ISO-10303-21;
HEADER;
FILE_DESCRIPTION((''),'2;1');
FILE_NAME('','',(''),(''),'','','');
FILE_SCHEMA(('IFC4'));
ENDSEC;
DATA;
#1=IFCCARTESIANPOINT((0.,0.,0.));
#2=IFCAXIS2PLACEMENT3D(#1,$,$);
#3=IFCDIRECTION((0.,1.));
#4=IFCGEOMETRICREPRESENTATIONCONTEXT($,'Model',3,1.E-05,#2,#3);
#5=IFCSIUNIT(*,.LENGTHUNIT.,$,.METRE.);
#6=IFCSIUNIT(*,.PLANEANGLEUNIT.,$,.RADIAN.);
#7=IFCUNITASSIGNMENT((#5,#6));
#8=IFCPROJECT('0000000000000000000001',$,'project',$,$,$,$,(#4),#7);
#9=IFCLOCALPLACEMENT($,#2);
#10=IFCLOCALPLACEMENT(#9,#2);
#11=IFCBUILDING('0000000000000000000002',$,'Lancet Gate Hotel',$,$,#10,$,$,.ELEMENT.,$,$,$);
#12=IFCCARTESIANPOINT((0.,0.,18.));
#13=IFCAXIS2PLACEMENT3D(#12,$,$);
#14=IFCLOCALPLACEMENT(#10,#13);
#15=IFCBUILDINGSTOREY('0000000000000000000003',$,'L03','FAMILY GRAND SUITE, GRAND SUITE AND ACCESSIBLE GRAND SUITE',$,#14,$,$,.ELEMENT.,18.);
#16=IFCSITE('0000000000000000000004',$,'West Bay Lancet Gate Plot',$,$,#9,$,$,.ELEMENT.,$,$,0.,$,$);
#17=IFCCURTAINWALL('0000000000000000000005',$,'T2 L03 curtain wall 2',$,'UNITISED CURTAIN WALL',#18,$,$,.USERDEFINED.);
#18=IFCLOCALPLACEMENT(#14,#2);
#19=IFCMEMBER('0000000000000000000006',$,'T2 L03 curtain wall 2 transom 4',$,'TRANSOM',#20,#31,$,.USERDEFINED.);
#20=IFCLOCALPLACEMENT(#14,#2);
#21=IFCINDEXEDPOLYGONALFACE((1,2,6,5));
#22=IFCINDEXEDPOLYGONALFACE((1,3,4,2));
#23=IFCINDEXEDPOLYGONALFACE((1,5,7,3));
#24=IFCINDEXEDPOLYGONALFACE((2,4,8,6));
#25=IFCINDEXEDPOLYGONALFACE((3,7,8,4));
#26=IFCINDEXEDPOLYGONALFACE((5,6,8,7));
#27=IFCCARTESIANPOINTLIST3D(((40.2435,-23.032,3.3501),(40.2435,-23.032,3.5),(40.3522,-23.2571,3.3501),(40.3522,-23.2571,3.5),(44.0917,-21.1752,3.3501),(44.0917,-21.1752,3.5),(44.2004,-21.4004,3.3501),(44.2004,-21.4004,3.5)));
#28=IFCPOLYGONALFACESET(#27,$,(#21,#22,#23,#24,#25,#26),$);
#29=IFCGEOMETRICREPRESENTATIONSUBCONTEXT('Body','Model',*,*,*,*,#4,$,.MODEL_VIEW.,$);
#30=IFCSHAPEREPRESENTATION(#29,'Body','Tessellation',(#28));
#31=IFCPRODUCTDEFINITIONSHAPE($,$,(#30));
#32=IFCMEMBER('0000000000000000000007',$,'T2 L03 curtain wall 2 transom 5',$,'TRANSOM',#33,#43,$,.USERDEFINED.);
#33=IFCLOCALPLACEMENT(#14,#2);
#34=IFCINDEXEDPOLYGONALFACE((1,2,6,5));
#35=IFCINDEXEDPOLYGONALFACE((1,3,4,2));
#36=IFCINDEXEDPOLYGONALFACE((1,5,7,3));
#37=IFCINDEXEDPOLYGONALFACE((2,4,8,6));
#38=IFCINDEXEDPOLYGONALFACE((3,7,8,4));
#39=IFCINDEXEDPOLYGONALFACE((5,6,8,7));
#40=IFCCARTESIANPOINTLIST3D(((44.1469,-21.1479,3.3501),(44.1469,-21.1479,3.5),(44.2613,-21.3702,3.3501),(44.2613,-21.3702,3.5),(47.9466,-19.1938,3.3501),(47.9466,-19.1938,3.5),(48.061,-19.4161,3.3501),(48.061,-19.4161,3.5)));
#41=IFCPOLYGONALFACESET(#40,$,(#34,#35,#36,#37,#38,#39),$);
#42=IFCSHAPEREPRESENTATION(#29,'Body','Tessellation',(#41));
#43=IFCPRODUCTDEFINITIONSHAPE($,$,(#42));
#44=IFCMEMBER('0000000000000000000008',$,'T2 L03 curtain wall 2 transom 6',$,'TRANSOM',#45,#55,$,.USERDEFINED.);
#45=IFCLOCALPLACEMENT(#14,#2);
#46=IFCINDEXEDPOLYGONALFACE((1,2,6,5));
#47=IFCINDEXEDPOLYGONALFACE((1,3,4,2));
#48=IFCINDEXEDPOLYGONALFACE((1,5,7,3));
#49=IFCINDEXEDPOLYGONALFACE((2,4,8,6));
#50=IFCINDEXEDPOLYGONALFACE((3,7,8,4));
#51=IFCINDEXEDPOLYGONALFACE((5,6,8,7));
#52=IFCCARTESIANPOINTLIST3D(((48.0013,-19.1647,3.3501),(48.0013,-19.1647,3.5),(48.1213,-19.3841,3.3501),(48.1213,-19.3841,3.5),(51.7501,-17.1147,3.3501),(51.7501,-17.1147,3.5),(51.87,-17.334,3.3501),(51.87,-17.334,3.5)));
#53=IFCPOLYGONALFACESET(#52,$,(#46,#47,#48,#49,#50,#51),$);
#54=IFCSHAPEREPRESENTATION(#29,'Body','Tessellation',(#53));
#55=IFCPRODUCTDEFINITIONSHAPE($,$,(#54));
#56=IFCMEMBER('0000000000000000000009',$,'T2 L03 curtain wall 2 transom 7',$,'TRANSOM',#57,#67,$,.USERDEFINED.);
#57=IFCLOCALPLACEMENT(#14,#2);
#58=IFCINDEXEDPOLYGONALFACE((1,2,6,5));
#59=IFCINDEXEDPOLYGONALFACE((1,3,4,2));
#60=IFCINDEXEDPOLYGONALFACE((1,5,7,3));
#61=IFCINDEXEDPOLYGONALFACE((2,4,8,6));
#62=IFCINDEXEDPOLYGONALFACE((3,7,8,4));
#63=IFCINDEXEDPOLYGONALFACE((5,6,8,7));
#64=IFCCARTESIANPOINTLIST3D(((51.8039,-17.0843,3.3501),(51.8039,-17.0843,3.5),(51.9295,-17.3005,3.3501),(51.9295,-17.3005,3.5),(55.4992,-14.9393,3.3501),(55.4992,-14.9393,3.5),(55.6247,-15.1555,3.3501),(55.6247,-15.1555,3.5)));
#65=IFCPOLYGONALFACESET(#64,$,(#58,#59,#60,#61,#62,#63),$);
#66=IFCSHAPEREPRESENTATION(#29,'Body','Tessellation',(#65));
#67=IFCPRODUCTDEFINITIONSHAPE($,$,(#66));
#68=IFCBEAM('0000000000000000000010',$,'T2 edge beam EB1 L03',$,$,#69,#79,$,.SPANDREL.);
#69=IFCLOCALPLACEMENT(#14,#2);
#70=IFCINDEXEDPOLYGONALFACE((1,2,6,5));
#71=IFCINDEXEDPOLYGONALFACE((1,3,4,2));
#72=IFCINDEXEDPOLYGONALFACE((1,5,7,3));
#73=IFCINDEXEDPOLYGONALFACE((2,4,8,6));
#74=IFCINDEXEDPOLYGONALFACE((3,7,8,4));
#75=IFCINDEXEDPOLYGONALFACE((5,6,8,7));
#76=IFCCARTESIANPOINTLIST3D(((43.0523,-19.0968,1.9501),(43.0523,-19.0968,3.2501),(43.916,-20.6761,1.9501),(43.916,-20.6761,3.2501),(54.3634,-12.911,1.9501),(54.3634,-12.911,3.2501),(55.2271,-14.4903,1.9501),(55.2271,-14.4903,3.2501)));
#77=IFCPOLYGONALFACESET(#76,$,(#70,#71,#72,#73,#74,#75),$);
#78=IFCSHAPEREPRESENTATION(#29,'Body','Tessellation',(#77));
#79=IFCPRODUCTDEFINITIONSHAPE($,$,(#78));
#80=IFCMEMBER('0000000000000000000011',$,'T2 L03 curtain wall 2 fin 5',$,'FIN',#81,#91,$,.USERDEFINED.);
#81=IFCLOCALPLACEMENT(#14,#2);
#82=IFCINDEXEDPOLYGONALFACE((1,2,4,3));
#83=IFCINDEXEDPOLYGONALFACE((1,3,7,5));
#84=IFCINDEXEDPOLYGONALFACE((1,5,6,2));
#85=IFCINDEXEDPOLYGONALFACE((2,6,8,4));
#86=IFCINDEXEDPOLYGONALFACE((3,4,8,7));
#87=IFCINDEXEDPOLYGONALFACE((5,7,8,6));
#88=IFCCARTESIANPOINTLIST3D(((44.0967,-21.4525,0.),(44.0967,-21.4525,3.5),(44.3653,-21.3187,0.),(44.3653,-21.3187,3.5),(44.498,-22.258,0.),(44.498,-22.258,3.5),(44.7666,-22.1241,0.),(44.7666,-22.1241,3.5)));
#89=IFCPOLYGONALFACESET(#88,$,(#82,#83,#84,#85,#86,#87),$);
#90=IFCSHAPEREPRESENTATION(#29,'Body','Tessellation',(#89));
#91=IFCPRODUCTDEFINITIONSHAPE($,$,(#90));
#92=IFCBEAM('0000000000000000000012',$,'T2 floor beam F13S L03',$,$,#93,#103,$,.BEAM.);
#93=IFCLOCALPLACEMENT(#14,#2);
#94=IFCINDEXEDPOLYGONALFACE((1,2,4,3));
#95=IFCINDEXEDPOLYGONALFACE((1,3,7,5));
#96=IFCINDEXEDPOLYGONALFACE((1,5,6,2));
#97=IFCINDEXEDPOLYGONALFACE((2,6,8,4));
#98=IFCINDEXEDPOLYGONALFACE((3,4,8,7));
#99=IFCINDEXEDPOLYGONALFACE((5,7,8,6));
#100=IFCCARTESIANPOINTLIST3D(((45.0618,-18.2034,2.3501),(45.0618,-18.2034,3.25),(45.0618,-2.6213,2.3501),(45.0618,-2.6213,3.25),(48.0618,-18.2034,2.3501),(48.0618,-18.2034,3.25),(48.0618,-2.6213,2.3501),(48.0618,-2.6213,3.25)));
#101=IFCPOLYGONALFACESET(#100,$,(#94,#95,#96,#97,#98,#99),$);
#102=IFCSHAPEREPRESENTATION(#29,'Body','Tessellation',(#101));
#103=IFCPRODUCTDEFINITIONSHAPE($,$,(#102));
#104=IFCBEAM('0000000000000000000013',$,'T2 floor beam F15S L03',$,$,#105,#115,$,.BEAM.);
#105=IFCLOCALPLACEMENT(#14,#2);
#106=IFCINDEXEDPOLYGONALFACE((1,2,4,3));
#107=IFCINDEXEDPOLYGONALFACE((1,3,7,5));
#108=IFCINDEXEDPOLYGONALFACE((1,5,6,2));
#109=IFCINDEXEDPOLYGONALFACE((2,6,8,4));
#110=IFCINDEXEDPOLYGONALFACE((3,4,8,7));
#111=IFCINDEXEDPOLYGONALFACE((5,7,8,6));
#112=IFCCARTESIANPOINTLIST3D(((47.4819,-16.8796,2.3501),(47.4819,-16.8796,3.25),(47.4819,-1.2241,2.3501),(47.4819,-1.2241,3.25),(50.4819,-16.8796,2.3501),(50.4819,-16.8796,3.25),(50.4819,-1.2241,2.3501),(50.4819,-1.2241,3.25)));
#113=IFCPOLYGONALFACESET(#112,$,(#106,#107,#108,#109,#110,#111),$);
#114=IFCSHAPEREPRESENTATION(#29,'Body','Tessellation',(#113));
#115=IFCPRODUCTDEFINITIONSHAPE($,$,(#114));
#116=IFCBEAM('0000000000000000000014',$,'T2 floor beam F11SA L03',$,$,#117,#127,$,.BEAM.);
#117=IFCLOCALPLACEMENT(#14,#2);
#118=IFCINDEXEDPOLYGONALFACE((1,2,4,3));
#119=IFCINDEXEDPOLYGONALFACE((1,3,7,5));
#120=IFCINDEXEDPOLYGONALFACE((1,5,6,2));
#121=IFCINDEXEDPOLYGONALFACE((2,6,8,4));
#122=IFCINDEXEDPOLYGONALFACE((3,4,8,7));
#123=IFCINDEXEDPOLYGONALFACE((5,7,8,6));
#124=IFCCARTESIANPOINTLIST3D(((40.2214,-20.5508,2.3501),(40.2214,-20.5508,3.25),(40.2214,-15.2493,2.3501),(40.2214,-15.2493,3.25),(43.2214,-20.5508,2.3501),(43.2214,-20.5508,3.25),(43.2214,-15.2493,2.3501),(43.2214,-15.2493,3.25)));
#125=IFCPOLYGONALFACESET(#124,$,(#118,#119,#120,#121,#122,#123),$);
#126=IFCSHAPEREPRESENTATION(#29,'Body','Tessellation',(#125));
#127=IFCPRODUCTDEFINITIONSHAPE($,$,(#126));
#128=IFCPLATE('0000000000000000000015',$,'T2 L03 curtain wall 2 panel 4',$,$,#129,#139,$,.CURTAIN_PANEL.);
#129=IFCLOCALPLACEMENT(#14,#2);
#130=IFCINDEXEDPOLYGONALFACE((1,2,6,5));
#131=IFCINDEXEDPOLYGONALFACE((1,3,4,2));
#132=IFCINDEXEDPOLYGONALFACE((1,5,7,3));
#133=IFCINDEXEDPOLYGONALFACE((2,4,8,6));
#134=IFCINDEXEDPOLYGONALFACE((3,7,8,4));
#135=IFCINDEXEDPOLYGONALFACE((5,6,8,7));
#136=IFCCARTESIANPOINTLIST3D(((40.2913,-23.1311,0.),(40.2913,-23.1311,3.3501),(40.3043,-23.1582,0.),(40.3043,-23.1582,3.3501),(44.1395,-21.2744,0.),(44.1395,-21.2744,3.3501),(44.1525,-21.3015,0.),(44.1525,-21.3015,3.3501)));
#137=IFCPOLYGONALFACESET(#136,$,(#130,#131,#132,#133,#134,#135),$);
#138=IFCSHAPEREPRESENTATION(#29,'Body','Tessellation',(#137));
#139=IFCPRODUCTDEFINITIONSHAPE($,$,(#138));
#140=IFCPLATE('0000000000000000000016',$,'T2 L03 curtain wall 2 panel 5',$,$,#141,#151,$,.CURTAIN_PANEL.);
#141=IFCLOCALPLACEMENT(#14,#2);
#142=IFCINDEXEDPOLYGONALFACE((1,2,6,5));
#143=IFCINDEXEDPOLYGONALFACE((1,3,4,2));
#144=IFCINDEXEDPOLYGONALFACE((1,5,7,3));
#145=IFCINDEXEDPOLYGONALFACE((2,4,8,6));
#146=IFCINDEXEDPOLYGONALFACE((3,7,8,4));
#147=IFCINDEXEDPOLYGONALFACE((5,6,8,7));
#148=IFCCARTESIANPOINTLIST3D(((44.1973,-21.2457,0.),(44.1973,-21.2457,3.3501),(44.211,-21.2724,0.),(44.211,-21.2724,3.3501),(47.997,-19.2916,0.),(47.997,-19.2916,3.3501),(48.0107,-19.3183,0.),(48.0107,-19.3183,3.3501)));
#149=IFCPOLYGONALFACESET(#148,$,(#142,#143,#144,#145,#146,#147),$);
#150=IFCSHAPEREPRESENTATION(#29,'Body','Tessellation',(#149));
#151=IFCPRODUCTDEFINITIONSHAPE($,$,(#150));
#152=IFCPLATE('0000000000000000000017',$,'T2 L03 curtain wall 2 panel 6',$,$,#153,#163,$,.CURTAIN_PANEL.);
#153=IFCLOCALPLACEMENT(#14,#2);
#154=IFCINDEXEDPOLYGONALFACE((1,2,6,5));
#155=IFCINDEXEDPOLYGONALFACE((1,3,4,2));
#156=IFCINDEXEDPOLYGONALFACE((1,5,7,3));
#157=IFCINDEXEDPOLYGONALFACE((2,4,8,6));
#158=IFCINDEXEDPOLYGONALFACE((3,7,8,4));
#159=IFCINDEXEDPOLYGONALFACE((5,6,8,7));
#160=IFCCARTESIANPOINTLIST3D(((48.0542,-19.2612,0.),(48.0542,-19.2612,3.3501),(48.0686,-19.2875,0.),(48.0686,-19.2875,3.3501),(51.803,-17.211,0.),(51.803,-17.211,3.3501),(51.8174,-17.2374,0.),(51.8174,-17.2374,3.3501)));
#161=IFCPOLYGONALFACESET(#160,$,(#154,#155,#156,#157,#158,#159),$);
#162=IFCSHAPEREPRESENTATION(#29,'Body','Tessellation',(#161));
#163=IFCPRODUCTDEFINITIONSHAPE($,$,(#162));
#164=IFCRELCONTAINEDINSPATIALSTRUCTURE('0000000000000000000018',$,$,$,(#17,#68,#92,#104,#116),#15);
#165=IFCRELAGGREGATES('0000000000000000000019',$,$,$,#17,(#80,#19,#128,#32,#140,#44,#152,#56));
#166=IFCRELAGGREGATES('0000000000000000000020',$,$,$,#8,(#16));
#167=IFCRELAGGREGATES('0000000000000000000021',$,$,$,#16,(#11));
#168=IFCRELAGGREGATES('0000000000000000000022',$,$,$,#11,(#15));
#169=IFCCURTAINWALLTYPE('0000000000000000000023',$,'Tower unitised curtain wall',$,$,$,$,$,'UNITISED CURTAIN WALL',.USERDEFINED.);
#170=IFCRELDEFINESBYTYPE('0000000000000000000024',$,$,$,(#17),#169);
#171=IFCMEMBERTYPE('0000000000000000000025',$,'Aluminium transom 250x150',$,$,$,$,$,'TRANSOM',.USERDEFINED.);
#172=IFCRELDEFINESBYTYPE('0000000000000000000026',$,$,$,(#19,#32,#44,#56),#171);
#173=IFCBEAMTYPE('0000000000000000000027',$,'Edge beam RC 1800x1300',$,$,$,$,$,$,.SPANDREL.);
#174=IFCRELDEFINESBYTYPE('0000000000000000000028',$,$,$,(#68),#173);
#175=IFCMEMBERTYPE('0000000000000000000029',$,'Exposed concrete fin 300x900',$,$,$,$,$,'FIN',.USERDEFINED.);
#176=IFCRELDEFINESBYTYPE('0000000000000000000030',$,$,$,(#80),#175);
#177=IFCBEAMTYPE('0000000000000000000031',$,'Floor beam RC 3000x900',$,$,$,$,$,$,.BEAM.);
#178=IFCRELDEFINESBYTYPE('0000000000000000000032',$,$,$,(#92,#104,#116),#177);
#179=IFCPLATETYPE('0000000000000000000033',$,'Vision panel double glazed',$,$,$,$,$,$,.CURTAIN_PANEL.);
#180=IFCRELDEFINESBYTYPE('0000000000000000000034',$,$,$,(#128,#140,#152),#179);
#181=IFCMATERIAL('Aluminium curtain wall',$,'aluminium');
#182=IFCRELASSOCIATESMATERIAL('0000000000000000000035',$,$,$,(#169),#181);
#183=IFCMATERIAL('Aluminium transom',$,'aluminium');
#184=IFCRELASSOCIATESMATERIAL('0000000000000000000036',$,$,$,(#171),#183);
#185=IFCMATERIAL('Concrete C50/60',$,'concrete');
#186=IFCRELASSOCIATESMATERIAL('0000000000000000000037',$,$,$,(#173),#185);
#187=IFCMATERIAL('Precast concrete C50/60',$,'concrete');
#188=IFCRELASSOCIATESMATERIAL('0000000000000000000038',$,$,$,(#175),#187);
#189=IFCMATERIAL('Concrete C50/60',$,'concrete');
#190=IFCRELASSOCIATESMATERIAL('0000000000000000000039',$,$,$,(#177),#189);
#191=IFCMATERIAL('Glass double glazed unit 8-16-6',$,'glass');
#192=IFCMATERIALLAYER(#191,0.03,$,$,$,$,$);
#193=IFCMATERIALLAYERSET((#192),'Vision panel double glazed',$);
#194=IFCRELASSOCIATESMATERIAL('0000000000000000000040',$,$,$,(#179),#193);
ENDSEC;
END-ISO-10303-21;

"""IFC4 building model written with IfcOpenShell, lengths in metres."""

from ifc_helpers import new_model, si_unit, direction, frame, origin, origin_2d, place, context, subcontext, project, spatial, rectangle, extrude, material, layer, layer_set, material_profile, profile_set, type_object, element, aggregate, save


model = new_model("IFC4")

# Units and contexts
model_context = context("Model", 3, precision=1e-05, world=origin(), true_north=direction((0.0, 1.0)))
body_context = subcontext(model_context, "Body", "Model", "MODEL_VIEW")
ifc_project = project(units=[si_unit("LENGTHUNIT", "METRE"), si_unit("PLANEANGLEUNIT", "RADIAN")], contexts=[model_context])

# Site, building, storey
site_placement = place(None, origin())
site = spatial("IfcSite", under=ifc_project, at=site_placement, Name="West Bay Lancet Gate Plot", CompositionType="ELEMENT", RefElevation=0.0)
building_placement = place(site_placement, origin())
building = spatial("IfcBuilding", under=site, at=building_placement, Name="Lancet Gate Hotel", CompositionType="ELEMENT")
storey_placement = place(building_placement, frame((0.0, 0.0, 18.0)))
storey = spatial("IfcBuildingStorey", under=building, at=storey_placement, Name="L03", Description="FAMILY GRAND SUITE, GRAND SUITE AND ACCESSIBLE GRAND SUITE", CompositionType="ELEMENT", Elevation=18.0)

# Curtain wall, members
ifc_material_1 = material(Name="Aluminium curtain wall", Category="aluminium")
curtain_wall_type = type_object("IfcCurtainWallType", Name="Tower unitised curtain wall", ElementType="UNITISED CURTAIN WALL", PredefinedType="USERDEFINED", material=ifc_material_1)
curtain_wall_placement = place(storey_placement, origin())
curtain_wall = element("IfcCurtainWall", 1, at=curtain_wall_placement, inside=storey, type_object=curtain_wall_type, Name="T2 L03 curtain wall 2", ObjectType="UNITISED CURTAIN WALL", PredefinedType="USERDEFINED")
ifc_material_2 = material(Name="Aluminium transom", Category="aluminium")
ifc_material_profile_1 = material_profile(ifc_material_2, rectangle(XDim=0.25, YDim=0.1499, at=origin_2d()), Name="TRANSOM 250x150")
ifc_profile_set_1 = profile_set([ifc_material_profile_1], Name="Aluminium transom")
member_type_1 = type_object("IfcMemberType", Name="Aluminium transom 250x150", ElementType="TRANSOM", PredefinedType="USERDEFINED", material=ifc_profile_set_1)
member_1_placement = place(storey_placement, frame((40.2979, -23.1445, 3.425), z_axis=(0.900646, 0.434553, 0.0), x_axis=(-0.434553, 0.900646, 0.0)))
member_1 = element("IfcMember", 2, at=member_1_placement, type_object=member_type_1, Name="T2 L03 curtain wall 2 transom 4", ObjectType="TRANSOM", PredefinedType="USERDEFINED", context=body_context, shape_type="SweptSolid", body=[
    extrude(rectangle(XDim=0.25, YDim=0.1499, at=origin_2d()), origin(), (0.0, 0.0, 1.0), 4.2727),
])
member_2_placement = place(storey_placement, frame((44.2041, -21.259, 3.425), z_axis=(0.889296, 0.457333, 0.0), x_axis=(-0.457333, 0.889296, 0.0)))
member_2 = element("IfcMember", 3, at=member_2_placement, type_object=member_type_1, Name="T2 L03 curtain wall 2 transom 5", ObjectType="TRANSOM", PredefinedType="USERDEFINED", context=body_context, shape_type="SweptSolid", body=[
    extrude(rectangle(XDim=0.25, YDim=0.1499, at=origin_2d()), origin(), (0.0, 0.0, 1.0), 4.2727),
])
member_3_placement = place(storey_placement, frame((48.0613, -19.2744, 3.425), z_axis=(0.877378, 0.479801, 0.0), x_axis=(-0.479801, 0.877378, 0.0)))
member_3 = element("IfcMember", 4, at=member_3_placement, type_object=member_type_1, Name="T2 L03 curtain wall 2 transom 6", ObjectType="TRANSOM", PredefinedType="USERDEFINED", context=body_context, shape_type="SweptSolid", body=[
    extrude(rectangle(XDim=0.25, YDim=0.1499, at=origin_2d()), origin(), (0.0, 0.0, 1.0), 4.2727),
])
member_4_placement = place(storey_placement, frame((51.8667, -17.1924, 3.425), z_axis=(0.864855, 0.502022, 0.0), x_axis=(-0.502022, 0.864855, 0.0)))
member_4 = element("IfcMember", 5, at=member_4_placement, type_object=member_type_1, Name="T2 L03 curtain wall 2 transom 7", ObjectType="TRANSOM", PredefinedType="USERDEFINED", context=body_context, shape_type="SweptSolid", body=[
    extrude(rectangle(XDim=0.25, YDim=0.1499, at=origin_2d()), origin(), (0.0, 0.0, 1.0), 4.2727),
])

# Beam
ifc_material_3 = material(Name="Concrete C50/60", Category="concrete")
ifc_material_profile_2 = material_profile(ifc_material_3, rectangle(XDim=1.8, YDim=1.3, at=origin_2d()), Name="RC 1800x1300")
ifc_profile_set_2 = profile_set([ifc_material_profile_2], Name="Concrete C50/60")
beam_type_1 = type_object("IfcBeamType", Name="Edge beam RC 1800x1300", PredefinedType="SPANDREL", material=ifc_profile_set_2)
beam_1_placement = place(storey_placement, frame((43.4841, -19.8865, 2.6001), z_axis=(0.877369, 0.479816, 0.0), x_axis=(-0.479816, 0.877369, 0.0)))
element("IfcBeam", 6, at=beam_1_placement, inside=storey, type_object=beam_type_1, Name="T2 edge beam EB1 L03", PredefinedType="SPANDREL", context=body_context, shape_type="SweptSolid", body=[
    extrude(rectangle(XDim=1.8, YDim=1.3, at=origin_2d()), origin(), (0.0, 0.0, 1.0), 12.8921),
])

# Member
ifc_material_4 = material(Name="Precast concrete C50/60", Category="concrete")
ifc_material_profile_3 = material_profile(ifc_material_4, rectangle(XDim=0.3, YDim=0.8999, at=origin_2d()), Name="FIN 300x900")
ifc_profile_set_3 = profile_set([ifc_material_profile_3], Name="Precast concrete C50/60")
member_type_2 = type_object("IfcMemberType", Name="Exposed concrete fin 300x900", ElementType="FIN", PredefinedType="USERDEFINED", material=ifc_profile_set_3)
member_5_placement = place(storey_placement, frame((44.4316, -21.7883, 0.0), z_axis=(0.0, 0.0, 1.0), x_axis=(0.895044, 0.445978, 0.0)))
member_5 = element("IfcMember", 7, at=member_5_placement, type_object=member_type_2, Name="T2 L03 curtain wall 2 fin 5", ObjectType="FIN", PredefinedType="USERDEFINED", context=body_context, shape_type="SweptSolid", body=[
    extrude(rectangle(XDim=0.3, YDim=0.8999, at=origin_2d()), origin(), (0.0, 0.0, 1.0), 3.5),
])

# Beams
ifc_material_5 = material(Name="Concrete C50/60", Category="concrete")
ifc_material_profile_4 = material_profile(ifc_material_5, rectangle(XDim=3.0, YDim=0.8999, at=origin_2d()), Name="RC 3000x900")
ifc_profile_set_4 = profile_set([ifc_material_profile_4], Name="Concrete C50/60")
beam_type_2 = type_object("IfcBeamType", Name="Floor beam RC 3000x900", PredefinedType="BEAM", material=ifc_profile_set_4)
beam_2_placement = place(storey_placement, frame((46.5618, -18.2034, 2.8), z_axis=(0.0, 1.0, 0.0), x_axis=(-1.0, 0.0, 0.0)))
element("IfcBeam", 8, at=beam_2_placement, inside=storey, type_object=beam_type_2, Name="T2 floor beam F13S L03", PredefinedType="BEAM", context=body_context, shape_type="SweptSolid", body=[
    extrude(rectangle(XDim=3.0, YDim=0.8999, at=origin_2d()), origin(), (0.0, 0.0, 1.0), 15.582),
])
beam_3_placement = place(storey_placement, frame((48.9819, -16.8796, 2.8), z_axis=(0.0, 1.0, 0.0), x_axis=(-1.0, 0.0, 0.0)))
element("IfcBeam", 9, at=beam_3_placement, inside=storey, type_object=beam_type_2, Name="T2 floor beam F15S L03", PredefinedType="BEAM", context=body_context, shape_type="SweptSolid", body=[
    extrude(rectangle(XDim=3.0, YDim=0.8999, at=origin_2d()), origin(), (0.0, 0.0, 1.0), 15.6555),
])
beam_4_placement = place(storey_placement, frame((41.7214, -20.5508, 2.8), z_axis=(0.0, 1.0, 0.0), x_axis=(-1.0, 0.0, 0.0)))
element("IfcBeam", 10, at=beam_4_placement, inside=storey, type_object=beam_type_2, Name="T2 floor beam F11SA L03", PredefinedType="BEAM", context=body_context, shape_type="SweptSolid", body=[
    extrude(rectangle(XDim=3.0, YDim=0.8999, at=origin_2d()), origin(), (0.0, 0.0, 1.0), 5.3015),
])

# Plates
ifc_material_6 = material(Name="Glass double glazed unit 8-16-6", Category="glass")
ifc_layer = layer(ifc_material_6, 0.03)
ifc_layer_set = layer_set([ifc_layer], Name="Vision panel double glazed")
plate_type = type_object("IfcPlateType", Name="Vision panel double glazed", PredefinedType="CURTAIN_PANEL", material=ifc_layer_set)
plate_1_placement = place(storey_placement, frame((42.2219, -22.2163, 0.0), z_axis=(0.0, 0.0, 1.0), x_axis=(0.900647, 0.43455, 0.0)))
plate_1 = element("IfcPlate", 11, at=plate_1_placement, type_object=plate_type, Name="T2 L03 curtain wall 2 panel 4", PredefinedType="CURTAIN_PANEL", context=body_context, shape_type="SweptSolid", body=[
    extrude(rectangle(XDim=4.2727, YDim=0.03, at=origin_2d()), origin(), (0.0, 0.0, 1.0), 3.3501),
])
plate_2_placement = place(storey_placement, frame((46.104, -20.282, 0.0), z_axis=(0.0, 0.0, 1.0), x_axis=(0.889296, 0.457332, 0.0)))
plate_2 = element("IfcPlate", 12, at=plate_2_placement, type_object=plate_type, Name="T2 L03 curtain wall 2 panel 5", PredefinedType="CURTAIN_PANEL", context=body_context, shape_type="SweptSolid", body=[
    extrude(rectangle(XDim=4.2727, YDim=0.03, at=origin_2d()), origin(), (0.0, 0.0, 1.0), 3.3501),
])
plate_3_placement = place(storey_placement, frame((49.9358, -18.2493, 0.0), z_axis=(0.0, 0.0, 1.0), x_axis=(0.877368, 0.479818, 0.0)))
plate_3 = element("IfcPlate", 13, at=plate_3_placement, type_object=plate_type, Name="T2 L03 curtain wall 2 panel 6", PredefinedType="CURTAIN_PANEL", context=body_context, shape_type="SweptSolid", body=[
    extrude(rectangle(XDim=4.2727, YDim=0.03, at=origin_2d()), origin(), (0.0, 0.0, 1.0), 3.3501),
])
aggregate(curtain_wall, [member_5, member_1, plate_1, member_2, plate_2, member_3, plate_3, member_4])

save(model, "model.ifc")
